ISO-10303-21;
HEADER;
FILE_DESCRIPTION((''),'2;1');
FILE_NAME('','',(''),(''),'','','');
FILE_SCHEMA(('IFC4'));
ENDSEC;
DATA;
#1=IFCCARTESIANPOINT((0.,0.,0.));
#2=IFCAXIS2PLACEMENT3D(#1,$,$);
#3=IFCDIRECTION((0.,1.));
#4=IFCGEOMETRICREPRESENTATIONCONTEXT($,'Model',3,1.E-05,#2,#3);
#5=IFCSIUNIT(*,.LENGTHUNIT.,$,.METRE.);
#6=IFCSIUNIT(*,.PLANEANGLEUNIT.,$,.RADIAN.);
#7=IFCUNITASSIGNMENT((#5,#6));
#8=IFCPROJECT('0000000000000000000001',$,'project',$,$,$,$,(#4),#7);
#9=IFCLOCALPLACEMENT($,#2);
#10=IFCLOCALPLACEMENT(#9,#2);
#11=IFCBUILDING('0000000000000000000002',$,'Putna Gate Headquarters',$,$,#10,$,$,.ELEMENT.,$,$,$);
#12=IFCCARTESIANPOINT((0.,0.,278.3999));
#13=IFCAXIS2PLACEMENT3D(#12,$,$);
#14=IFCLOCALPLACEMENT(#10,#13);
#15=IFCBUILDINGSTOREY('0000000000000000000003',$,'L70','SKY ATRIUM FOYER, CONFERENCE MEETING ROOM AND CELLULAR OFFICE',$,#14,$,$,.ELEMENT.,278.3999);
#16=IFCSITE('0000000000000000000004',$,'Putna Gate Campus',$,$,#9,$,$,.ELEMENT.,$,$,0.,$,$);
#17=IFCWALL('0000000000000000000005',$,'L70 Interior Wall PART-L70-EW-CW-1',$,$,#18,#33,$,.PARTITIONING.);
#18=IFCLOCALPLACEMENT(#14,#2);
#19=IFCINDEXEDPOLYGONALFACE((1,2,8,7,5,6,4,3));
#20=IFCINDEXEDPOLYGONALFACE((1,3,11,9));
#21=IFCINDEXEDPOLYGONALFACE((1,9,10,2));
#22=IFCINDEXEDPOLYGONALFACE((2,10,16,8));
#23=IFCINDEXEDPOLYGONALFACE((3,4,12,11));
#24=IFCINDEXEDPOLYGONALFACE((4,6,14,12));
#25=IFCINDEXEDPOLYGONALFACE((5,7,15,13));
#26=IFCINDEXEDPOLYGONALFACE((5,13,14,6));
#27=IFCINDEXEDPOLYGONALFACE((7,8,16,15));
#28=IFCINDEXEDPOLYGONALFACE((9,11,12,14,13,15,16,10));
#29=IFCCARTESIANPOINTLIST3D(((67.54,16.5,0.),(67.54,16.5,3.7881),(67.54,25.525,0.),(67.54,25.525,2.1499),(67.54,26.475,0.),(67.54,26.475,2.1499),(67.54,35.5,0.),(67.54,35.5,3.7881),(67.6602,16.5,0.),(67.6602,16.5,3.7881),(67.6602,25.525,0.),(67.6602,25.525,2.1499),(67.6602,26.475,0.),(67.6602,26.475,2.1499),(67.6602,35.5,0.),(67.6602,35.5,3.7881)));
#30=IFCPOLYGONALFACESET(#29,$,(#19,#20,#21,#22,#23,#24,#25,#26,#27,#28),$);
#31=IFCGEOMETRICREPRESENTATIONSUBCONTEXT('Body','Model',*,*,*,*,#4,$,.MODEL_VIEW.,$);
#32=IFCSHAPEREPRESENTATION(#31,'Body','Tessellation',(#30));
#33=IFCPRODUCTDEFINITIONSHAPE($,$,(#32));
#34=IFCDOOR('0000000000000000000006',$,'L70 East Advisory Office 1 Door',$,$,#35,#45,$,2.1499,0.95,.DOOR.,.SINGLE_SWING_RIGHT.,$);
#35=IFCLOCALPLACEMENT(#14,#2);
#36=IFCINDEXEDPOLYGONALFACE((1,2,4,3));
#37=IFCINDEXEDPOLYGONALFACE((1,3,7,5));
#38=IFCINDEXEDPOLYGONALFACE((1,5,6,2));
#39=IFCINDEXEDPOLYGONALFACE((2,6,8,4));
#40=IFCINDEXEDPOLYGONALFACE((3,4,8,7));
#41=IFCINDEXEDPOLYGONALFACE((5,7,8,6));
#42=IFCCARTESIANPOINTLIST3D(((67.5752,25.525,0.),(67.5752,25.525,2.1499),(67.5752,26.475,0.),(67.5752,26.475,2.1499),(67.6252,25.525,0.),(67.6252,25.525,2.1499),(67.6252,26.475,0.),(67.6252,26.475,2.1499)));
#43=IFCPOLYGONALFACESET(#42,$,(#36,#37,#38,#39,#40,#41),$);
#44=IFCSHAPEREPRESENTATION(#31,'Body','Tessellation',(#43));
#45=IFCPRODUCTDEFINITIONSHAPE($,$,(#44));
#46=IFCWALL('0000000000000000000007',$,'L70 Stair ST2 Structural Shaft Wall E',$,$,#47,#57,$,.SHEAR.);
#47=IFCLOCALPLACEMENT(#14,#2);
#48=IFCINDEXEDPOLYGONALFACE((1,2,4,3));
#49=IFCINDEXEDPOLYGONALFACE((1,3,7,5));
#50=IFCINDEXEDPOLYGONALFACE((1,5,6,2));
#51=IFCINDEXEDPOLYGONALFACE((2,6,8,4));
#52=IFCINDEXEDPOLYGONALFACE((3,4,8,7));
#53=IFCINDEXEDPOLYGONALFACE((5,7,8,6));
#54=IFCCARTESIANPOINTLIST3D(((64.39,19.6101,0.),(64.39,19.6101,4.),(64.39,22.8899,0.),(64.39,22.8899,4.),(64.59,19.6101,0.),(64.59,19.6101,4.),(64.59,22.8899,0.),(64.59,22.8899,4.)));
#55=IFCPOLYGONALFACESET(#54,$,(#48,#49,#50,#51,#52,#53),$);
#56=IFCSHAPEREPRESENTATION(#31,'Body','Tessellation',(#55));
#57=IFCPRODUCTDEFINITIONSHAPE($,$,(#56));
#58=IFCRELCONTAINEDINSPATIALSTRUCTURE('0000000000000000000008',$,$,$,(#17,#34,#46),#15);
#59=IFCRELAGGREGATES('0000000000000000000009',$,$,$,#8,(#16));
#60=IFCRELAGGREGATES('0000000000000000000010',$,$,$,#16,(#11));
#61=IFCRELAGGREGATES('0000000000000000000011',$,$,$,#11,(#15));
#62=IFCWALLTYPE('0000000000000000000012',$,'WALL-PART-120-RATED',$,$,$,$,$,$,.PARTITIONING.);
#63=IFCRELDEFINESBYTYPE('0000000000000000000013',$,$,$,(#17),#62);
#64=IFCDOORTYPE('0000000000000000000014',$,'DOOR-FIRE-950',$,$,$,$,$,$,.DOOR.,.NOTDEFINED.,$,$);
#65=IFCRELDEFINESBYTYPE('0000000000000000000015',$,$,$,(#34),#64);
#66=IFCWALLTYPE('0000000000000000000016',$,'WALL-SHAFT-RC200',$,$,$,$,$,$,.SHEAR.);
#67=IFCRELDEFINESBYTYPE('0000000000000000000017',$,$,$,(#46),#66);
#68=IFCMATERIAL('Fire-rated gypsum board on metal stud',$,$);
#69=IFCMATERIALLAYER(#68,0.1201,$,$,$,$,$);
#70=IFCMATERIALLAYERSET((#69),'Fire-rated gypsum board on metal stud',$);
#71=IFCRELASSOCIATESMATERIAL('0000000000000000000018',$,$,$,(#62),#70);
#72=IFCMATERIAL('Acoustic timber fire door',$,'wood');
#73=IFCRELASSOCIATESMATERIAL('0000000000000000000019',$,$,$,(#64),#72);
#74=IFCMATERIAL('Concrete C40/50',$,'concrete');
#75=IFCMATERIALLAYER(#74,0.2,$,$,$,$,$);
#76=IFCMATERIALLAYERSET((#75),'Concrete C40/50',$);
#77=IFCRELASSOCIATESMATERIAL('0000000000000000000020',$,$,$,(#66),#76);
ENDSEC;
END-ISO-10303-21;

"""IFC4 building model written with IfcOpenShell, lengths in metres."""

from ifc_helpers import new_model, si_unit, direction, frame, frame_2d, origin, place, context, subcontext, project, spatial, rectangle, extrude, material, layer, layer_set, type_object, element, fill, save


model = new_model("IFC4")

# Units and contexts
model_context = context("Model", 3, precision=1e-05, world=origin(), true_north=direction((0.0, 1.0)))
body_context = subcontext(model_context, "Body", "Model", "MODEL_VIEW")
ifc_project = project(units=[si_unit("LENGTHUNIT", "METRE"), si_unit("PLANEANGLEUNIT", "RADIAN")], contexts=[model_context])

# Site, building, storey
site_placement = place(None, origin())
site = spatial("IfcSite", under=ifc_project, at=site_placement, Name="Putna Gate Campus", CompositionType="ELEMENT", RefElevation=0.0)
building_placement = place(site_placement, origin())
building = spatial("IfcBuilding", under=site, at=building_placement, Name="Putna Gate Headquarters", CompositionType="ELEMENT")
storey_placement = place(building_placement, frame((0.0, 0.0, 278.3999)))
storey = spatial("IfcBuildingStorey", under=building, at=storey_placement, Name="L70", Description="SKY ATRIUM FOYER, CONFERENCE MEETING ROOM AND CELLULAR OFFICE", CompositionType="ELEMENT", Elevation=278.3999)

# Wall, opening, door
ifc_material_1 = material(Name="Fire-rated gypsum board on metal stud")
ifc_layer_1 = layer(ifc_material_1, 0.1201)
ifc_layer_set_1 = layer_set([ifc_layer_1], Name="Fire-rated gypsum board on metal stud")
wall_type_1 = type_object("IfcWallType", Name="WALL-PART-120-RATED", PredefinedType="PARTITIONING", material=ifc_layer_set_1)
ifc_material_2 = material(Name="Acoustic timber fire door", Category="wood")
door_type_1 = type_object("IfcDoorType", Name="DOOR-FIRE-950", OperationType="NOTDEFINED", PredefinedType="DOOR", material=ifc_material_2)
wall_1_placement = place(storey_placement, frame((67.6001, 16.5, 0.0), z_axis=(0.0, 0.0, 1.0), x_axis=(0.0, 1.0, 0.0)))
wall_1 = element("IfcWall", 1, at=wall_1_placement, inside=storey, type_object=wall_type_1, Name="L70 Interior Wall PART-L70-EW-CW-1", PredefinedType="PARTITIONING", context=body_context, shape_type="SweptSolid", body=[
    extrude(rectangle(XDim=19.0, YDim=0.1201, at=frame_2d((9.5, 0.0))), origin(), (0.0, 0.0, 1.0), 3.7881),
])
opening_1_placement = place(wall_1_placement, frame((9.0249, 0.0, 0.0)))
opening_1 = element("IfcOpeningElement", 2, at=opening_1_placement, cuts=wall_1, PredefinedType="OPENING", context=body_context, shape_type="SweptSolid", body=[
    extrude(rectangle(XDim=0.95, YDim=2.1499, at=frame_2d((0.4751, 1.075))), frame((0.0, 0.0701, 0.0), z_axis=(0.0, -1.0, 0.0), x_axis=(1.0, 0.0, 0.0)), (0.0, 0.0, 1.0), 0.1401),
])
door_1_placement = place(opening_1_placement, origin())
door_1 = element("IfcDoor", 3, at=door_1_placement, inside=storey, type_object=door_type_1, Name="L70 East Advisory Office 1 Door", OperationType="SINGLE_SWING_RIGHT", OverallHeight=2.1499, OverallWidth=0.95, PredefinedType="DOOR", context=body_context, shape_type="SweptSolid", body=[
    extrude(rectangle(XDim=0.95, YDim=2.1499, at=frame_2d((0.4751, 1.075))), frame((0.0, 0.0249, 0.0), z_axis=(0.0, -1.0, 0.0), x_axis=(1.0, 0.0, 0.0)), (0.0, 0.0, 1.0), 0.05),
])
fill(opening_1, door_1)

# Wall
ifc_material_3 = material(Name="Concrete C40/50", Category="concrete")
ifc_layer_2 = layer(ifc_material_3, 0.2)
ifc_layer_set_2 = layer_set([ifc_layer_2], Name="Concrete C40/50")
wall_type_2 = type_object("IfcWallType", Name="WALL-SHAFT-RC200", PredefinedType="SHEAR", material=ifc_layer_set_2)
wall_2_placement = place(storey_placement, frame((64.49, 19.6101, 0.0), z_axis=(0.0, 0.0, 1.0), x_axis=(0.0, 1.0, 0.0)))
element("IfcWall", 4, at=wall_2_placement, inside=storey, type_object=wall_type_2, Name="L70 Stair ST2 Structural Shaft Wall E", PredefinedType="SHEAR", context=body_context, shape_type="SweptSolid", body=[
    extrude(rectangle(XDim=3.2798, YDim=0.2, at=frame_2d((1.6399, 0.0))), origin(), (0.0, 0.0, 1.0), 4.0),
])

save(model, "model.ifc")
